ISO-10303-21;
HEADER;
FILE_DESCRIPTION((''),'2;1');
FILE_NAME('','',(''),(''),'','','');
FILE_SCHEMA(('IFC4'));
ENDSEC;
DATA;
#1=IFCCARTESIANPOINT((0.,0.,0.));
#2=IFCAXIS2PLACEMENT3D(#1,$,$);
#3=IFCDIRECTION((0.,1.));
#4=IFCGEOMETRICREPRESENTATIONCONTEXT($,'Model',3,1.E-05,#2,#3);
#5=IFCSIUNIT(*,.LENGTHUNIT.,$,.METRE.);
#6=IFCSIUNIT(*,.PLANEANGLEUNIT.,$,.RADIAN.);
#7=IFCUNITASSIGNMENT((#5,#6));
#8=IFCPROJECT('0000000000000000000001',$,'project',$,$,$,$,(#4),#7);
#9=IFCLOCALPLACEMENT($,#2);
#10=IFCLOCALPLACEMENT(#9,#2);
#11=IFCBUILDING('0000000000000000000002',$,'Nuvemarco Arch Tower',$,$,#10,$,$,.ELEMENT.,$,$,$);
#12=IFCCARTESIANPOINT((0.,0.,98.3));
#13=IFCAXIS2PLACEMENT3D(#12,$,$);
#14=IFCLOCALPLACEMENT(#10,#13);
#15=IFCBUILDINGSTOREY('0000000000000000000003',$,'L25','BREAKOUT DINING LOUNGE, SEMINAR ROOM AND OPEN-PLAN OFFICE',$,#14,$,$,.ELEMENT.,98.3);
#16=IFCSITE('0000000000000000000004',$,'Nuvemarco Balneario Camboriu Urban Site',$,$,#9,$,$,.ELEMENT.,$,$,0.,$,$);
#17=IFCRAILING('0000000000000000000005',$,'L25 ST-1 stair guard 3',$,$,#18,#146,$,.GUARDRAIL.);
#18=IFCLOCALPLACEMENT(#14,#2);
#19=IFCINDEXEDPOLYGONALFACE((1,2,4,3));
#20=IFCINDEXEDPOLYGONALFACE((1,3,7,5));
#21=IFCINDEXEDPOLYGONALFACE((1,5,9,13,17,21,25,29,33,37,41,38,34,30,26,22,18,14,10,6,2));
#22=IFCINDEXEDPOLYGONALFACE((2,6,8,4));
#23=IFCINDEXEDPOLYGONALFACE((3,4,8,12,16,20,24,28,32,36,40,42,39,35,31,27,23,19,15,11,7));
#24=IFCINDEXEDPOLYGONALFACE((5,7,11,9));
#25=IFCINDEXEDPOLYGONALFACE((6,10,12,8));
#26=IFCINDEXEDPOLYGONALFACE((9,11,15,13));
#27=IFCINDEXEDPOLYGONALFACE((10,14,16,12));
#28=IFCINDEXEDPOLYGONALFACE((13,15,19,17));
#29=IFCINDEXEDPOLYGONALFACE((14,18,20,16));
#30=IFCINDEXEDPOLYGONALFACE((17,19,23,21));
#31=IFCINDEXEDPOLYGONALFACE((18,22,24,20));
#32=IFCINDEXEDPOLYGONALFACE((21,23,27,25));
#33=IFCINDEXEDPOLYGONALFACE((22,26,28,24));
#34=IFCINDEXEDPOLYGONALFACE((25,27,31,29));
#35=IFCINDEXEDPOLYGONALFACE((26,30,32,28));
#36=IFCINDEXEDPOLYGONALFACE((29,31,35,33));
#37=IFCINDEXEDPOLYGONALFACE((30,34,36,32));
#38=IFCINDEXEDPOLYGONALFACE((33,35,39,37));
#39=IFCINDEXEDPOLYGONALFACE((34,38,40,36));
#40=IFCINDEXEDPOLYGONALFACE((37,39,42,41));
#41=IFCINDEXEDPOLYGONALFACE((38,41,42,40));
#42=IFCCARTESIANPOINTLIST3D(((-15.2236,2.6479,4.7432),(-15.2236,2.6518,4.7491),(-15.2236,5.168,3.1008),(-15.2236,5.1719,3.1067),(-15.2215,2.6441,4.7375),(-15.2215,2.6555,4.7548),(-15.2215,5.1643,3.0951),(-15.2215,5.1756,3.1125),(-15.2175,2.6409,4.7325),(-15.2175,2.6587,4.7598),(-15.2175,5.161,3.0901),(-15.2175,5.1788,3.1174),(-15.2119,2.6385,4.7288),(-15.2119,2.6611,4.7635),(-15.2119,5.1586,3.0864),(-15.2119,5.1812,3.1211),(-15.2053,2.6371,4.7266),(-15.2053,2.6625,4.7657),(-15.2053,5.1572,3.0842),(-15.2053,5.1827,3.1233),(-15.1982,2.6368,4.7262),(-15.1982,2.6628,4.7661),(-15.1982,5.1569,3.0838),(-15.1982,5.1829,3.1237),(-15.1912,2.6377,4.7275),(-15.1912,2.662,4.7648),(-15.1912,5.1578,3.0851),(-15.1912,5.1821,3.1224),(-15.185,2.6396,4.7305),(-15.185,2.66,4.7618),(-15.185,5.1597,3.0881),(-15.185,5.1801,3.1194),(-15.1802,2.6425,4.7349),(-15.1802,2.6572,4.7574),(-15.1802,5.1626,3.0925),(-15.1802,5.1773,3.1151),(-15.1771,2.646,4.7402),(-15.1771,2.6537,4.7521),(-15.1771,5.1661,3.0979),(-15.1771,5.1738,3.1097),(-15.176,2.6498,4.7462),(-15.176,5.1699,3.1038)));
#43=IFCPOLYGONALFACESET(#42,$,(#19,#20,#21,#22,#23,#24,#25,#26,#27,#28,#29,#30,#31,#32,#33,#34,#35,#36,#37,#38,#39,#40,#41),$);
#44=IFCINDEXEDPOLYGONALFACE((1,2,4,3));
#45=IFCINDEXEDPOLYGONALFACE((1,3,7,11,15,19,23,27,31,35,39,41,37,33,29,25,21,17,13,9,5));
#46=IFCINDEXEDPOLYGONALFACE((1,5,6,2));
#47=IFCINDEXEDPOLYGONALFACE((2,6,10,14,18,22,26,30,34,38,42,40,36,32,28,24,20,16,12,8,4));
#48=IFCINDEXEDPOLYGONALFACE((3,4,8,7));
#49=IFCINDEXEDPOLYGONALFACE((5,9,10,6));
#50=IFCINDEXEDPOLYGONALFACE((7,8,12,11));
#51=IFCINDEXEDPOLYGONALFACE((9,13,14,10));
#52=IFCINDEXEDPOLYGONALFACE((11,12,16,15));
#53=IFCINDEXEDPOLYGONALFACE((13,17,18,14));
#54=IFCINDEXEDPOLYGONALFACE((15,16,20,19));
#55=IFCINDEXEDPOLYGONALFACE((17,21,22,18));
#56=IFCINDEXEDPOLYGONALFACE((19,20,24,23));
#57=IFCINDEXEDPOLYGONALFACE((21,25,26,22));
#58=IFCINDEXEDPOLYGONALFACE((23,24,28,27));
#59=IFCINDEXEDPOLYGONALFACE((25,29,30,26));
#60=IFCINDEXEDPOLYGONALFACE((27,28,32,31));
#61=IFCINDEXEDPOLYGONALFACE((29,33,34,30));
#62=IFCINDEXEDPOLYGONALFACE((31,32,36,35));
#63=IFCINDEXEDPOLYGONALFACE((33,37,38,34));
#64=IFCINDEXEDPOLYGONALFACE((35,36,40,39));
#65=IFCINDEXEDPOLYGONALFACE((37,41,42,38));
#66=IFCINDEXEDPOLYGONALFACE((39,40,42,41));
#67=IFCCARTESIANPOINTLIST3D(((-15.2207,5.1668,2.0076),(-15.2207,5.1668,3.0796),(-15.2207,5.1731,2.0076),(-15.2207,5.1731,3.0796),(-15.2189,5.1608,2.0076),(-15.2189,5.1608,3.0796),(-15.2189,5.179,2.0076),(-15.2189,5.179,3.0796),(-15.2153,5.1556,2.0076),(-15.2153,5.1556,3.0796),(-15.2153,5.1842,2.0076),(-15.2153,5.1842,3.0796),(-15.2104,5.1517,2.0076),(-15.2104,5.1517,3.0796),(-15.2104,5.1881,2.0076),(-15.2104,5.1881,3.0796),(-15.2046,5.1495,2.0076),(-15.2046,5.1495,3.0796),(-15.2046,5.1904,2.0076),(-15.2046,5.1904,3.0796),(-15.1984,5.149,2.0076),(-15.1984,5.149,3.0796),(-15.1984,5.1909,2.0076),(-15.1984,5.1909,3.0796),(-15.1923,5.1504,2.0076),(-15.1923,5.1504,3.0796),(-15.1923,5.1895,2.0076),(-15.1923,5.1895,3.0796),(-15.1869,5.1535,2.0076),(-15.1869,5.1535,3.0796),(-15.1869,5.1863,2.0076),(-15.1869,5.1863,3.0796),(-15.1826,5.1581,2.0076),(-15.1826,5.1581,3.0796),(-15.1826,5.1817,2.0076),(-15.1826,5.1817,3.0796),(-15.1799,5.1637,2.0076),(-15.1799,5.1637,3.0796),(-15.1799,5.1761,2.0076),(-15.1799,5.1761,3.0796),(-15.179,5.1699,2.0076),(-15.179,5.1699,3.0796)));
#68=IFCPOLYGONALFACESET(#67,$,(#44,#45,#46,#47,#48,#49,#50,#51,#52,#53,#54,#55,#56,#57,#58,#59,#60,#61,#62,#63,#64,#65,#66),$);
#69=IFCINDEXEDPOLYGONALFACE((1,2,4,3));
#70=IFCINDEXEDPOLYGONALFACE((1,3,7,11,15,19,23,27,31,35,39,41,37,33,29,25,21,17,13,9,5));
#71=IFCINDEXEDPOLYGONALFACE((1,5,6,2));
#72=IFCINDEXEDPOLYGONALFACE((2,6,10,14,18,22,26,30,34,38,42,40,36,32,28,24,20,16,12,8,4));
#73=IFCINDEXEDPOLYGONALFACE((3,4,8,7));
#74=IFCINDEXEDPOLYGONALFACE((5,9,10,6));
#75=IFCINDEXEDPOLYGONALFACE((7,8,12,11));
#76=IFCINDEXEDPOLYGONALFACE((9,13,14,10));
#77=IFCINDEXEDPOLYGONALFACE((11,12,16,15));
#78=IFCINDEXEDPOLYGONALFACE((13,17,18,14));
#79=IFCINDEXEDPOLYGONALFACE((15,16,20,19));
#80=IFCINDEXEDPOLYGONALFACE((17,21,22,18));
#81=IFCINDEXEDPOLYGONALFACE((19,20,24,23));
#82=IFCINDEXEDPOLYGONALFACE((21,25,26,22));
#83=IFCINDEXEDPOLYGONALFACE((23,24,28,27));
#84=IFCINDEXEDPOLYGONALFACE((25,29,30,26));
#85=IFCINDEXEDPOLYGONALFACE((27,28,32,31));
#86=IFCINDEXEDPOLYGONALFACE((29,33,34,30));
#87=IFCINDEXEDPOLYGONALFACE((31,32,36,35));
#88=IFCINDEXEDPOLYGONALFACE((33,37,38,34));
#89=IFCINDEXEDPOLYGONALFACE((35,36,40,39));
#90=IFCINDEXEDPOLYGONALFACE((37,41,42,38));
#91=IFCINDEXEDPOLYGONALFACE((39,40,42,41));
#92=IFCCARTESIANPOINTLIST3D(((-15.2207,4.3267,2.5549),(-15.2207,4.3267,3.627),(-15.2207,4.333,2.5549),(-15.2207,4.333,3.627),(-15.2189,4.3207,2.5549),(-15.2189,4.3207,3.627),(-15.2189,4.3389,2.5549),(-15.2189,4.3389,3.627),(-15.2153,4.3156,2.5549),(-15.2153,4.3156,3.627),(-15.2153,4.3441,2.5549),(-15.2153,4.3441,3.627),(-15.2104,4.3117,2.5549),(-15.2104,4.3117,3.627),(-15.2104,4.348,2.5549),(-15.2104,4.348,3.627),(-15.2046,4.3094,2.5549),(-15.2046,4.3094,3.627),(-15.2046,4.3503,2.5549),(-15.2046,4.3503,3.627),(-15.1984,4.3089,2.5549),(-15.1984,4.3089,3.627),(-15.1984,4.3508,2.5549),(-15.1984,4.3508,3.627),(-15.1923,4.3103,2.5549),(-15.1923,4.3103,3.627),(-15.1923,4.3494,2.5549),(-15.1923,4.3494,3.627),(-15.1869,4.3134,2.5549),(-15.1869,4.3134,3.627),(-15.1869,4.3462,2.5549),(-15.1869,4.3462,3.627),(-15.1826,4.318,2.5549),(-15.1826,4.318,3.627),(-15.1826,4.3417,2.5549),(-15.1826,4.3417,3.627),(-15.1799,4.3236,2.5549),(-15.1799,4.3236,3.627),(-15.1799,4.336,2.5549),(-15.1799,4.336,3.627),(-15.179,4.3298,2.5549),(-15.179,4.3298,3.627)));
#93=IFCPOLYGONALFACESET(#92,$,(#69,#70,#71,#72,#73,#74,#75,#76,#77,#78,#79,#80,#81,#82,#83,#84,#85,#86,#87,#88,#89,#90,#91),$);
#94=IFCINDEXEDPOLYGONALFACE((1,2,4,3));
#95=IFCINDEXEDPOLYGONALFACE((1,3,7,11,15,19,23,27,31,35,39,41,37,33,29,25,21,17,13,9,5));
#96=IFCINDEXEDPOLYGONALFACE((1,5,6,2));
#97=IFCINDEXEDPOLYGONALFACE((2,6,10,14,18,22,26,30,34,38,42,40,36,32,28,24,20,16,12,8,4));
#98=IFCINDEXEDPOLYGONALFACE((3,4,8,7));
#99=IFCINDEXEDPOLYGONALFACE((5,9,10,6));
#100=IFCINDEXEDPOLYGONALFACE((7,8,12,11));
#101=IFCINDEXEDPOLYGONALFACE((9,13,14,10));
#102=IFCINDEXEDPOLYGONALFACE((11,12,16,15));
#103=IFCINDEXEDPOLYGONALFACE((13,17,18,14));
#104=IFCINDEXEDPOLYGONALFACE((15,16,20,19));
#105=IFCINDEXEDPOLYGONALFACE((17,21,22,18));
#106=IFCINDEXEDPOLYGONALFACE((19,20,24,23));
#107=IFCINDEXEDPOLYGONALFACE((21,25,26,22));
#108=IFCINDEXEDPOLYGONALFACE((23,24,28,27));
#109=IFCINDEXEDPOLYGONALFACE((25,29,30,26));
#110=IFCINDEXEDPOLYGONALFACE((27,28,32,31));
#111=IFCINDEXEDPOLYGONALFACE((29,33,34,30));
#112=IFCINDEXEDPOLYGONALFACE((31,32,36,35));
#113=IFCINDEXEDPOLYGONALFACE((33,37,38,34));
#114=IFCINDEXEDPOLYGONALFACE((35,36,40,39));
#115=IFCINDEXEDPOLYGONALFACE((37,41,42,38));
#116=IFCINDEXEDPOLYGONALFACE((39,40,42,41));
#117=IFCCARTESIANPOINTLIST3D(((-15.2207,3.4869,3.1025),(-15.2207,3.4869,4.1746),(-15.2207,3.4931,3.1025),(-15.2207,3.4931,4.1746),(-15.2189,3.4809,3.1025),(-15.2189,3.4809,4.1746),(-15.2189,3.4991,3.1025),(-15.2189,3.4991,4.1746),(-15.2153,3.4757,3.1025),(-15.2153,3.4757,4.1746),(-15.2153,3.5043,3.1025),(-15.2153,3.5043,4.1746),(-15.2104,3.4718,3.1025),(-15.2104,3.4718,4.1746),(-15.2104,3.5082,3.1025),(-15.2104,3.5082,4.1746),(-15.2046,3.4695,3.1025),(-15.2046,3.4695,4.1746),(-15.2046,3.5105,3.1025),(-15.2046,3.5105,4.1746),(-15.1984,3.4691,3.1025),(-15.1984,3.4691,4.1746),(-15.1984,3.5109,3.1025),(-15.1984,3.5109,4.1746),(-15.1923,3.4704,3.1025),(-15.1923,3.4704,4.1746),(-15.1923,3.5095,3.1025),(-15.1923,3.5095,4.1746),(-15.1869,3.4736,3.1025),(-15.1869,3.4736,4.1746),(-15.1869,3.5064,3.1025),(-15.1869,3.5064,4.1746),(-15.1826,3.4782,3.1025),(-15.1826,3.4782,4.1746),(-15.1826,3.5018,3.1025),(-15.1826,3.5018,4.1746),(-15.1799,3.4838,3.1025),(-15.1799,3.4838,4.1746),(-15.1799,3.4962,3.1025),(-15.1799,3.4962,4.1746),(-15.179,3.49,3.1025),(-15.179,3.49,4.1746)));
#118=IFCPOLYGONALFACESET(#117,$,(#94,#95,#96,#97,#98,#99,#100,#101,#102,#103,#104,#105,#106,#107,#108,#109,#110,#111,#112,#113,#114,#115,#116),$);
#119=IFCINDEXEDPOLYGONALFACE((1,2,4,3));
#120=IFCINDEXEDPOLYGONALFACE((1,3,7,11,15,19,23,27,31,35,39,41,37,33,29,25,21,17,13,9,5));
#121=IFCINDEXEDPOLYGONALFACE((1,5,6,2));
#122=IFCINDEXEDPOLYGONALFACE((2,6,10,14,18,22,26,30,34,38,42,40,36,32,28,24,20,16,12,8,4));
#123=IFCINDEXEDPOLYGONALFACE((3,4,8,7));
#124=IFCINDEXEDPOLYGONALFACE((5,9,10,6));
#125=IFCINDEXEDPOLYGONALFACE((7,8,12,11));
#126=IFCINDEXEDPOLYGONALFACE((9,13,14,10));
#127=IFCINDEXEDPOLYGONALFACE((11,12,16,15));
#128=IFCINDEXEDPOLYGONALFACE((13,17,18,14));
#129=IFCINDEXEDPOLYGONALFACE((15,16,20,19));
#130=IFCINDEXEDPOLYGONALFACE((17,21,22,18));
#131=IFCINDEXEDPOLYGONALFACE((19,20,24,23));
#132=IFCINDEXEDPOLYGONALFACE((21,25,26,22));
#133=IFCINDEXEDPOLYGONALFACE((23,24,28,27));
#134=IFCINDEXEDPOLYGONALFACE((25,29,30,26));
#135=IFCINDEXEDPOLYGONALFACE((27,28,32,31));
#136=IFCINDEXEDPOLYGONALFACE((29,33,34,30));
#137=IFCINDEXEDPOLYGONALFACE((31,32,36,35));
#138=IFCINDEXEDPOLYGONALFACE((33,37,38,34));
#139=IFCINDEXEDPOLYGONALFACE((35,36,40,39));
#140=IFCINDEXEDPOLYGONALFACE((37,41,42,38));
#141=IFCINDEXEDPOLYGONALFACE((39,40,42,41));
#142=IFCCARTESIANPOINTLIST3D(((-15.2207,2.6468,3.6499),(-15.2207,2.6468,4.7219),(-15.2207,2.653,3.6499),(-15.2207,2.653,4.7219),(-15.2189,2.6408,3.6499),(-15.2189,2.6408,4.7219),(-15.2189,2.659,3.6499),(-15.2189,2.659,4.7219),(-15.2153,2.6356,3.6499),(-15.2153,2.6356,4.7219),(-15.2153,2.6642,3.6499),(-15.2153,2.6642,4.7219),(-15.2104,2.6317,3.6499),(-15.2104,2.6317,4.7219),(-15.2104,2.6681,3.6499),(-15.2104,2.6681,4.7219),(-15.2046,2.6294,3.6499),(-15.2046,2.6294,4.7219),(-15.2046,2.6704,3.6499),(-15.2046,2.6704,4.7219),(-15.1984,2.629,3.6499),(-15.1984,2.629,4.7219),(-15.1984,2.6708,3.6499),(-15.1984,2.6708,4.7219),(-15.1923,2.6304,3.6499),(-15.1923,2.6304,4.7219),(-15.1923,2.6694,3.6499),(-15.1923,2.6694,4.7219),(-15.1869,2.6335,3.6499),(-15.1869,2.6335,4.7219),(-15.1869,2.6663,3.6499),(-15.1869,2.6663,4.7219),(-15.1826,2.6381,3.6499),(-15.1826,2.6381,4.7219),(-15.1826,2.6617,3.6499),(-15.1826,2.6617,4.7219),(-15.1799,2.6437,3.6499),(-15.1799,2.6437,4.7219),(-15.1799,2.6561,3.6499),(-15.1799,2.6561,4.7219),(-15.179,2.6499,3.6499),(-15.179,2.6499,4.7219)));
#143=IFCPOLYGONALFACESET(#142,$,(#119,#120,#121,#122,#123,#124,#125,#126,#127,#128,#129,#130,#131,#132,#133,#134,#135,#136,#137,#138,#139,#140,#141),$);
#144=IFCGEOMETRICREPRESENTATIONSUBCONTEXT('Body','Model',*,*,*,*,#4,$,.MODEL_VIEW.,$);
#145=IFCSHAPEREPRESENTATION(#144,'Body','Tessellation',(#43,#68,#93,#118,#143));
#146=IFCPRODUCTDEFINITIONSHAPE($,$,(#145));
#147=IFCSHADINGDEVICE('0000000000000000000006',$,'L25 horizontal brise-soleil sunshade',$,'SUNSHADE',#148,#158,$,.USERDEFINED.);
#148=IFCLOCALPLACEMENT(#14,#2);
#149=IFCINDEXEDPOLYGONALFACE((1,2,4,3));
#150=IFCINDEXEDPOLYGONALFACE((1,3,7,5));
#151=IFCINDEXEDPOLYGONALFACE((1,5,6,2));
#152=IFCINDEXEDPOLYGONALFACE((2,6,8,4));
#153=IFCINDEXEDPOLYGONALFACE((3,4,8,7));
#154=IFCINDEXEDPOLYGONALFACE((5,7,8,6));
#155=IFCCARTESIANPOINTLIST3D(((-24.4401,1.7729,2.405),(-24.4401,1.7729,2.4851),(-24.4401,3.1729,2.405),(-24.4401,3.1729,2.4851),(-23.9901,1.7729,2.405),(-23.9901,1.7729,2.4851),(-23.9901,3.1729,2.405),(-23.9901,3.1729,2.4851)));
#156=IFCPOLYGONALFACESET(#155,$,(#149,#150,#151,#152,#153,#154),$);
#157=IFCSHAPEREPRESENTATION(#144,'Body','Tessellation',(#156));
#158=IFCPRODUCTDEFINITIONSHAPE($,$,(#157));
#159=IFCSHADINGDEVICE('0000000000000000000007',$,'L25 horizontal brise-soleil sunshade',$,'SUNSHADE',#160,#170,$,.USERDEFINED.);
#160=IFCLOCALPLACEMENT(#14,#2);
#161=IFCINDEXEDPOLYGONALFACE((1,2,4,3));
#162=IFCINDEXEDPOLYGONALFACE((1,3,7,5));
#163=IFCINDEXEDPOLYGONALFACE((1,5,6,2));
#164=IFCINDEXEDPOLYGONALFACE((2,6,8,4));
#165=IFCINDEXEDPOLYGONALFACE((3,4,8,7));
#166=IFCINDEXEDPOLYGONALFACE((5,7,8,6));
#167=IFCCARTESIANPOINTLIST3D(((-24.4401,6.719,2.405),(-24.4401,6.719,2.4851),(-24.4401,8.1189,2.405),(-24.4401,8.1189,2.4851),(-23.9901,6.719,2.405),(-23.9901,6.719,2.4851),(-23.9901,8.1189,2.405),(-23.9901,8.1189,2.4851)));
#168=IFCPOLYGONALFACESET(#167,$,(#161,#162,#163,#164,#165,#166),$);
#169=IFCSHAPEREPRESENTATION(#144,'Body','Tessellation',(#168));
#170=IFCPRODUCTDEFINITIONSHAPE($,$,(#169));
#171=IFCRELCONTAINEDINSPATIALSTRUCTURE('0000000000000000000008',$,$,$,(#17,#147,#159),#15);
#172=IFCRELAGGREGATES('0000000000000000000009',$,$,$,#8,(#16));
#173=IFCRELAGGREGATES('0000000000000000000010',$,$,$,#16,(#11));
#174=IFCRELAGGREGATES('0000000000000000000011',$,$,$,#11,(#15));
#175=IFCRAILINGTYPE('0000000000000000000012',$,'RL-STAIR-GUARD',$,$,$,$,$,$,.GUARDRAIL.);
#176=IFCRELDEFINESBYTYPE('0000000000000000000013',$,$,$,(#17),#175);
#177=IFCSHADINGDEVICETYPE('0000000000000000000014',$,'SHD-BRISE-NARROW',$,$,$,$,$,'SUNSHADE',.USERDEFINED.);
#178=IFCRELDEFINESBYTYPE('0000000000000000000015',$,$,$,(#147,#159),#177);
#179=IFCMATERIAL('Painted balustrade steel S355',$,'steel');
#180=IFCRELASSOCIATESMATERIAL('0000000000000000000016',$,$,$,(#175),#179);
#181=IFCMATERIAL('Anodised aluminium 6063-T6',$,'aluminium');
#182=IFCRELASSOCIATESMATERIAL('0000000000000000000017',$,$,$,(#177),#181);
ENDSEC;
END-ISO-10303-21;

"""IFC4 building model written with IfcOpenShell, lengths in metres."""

from ifc_helpers import new_model, si_unit, direction, frame, origin, origin_2d, place, context, subcontext, project, spatial, rectangle, circle, extrude, source, transform, mapped, material, type_object, type_shapes, element, save


model = new_model("IFC4")

# Units and contexts
model_context = context("Model", 3, precision=1e-05, world=origin(), true_north=direction((0.0, 1.0)))
body_context = subcontext(model_context, "Body", "Model", "MODEL_VIEW")
ifc_project = project(units=[si_unit("LENGTHUNIT", "METRE"), si_unit("PLANEANGLEUNIT", "RADIAN")], contexts=[model_context])

# Site, building, storey
site_placement = place(None, origin())
site = spatial("IfcSite", under=ifc_project, at=site_placement, Name="Nuvemarco Balneario Camboriu Urban Site", CompositionType="ELEMENT", RefElevation=0.0)
building_placement = place(site_placement, origin())
building = spatial("IfcBuilding", under=site, at=building_placement, Name="Nuvemarco Arch Tower", CompositionType="ELEMENT")
storey_placement = place(building_placement, frame((0.0, 0.0, 98.3)))
storey = spatial("IfcBuildingStorey", under=building, at=storey_placement, Name="L25", Description="BREAKOUT DINING LOUNGE, SEMINAR ROOM AND OPEN-PLAN OFFICE", CompositionType="ELEMENT", Elevation=98.3)

# Railing
ifc_material_1 = material(Name="Painted balustrade steel S355", Category="steel")
railing_type_1 = type_object("IfcRailingType", Name="RL-STAIR-GUARD", PredefinedType="GUARDRAIL", material=ifc_material_1)
railing_1_placement = place(storey_placement, frame((-15.2, 5.1699, 2.0076)))
element("IfcRailing", 1, at=railing_1_placement, inside=storey, type_object=railing_type_1, Name="L25 ST-1 stair guard 3", PredefinedType="GUARDRAIL", context=body_context, shape_type="SweptSolid", body=[
    extrude(circle(Radius=0.0239, at=origin_2d()), frame((0.0, 0.0, 1.0962), z_axis=(0.0, -0.837787, 0.545998), x_axis=(1.0, 0.0, 0.0)), (0.0, 0.0, 1.0), 3.0081),
    extrude(circle(Radius=0.021, at=origin_2d()), origin(), (0.0, 0.0, 1.0), 1.072),
    extrude(circle(Radius=0.021, at=origin_2d()), frame((0.0, -0.8401, 0.5474)), (0.0, 0.0, 1.0), 1.072),
    extrude(circle(Radius=0.021, at=origin_2d()), frame((0.0, -1.6799, 1.095)), (0.0, 0.0, 1.0), 1.072),
    extrude(circle(Radius=0.021, at=origin_2d()), frame((0.0, -2.52, 1.6423)), (0.0, 0.0, 1.0), 1.072),
])

# Shading devices
ifc_material_2 = material(Name="Anodised aluminium 6063-T6", Category="aluminium")
shading_device_type = type_object("IfcShadingDeviceType", Name="SHD-BRISE-NARROW", ElementType="SUNSHADE", PredefinedType="USERDEFINED", material=ifc_material_2)
shared_shape = source(origin(), body_context, "Body", "SweptSolid", [
    extrude(rectangle(XDim=1.3999, YDim=0.45, at=origin_2d()), origin(), (0.0, 0.0, 1.0), 0.0801),
])
type_shapes(shading_device_type, [shared_shape])
for number, where, z_axis, x_axis, name in (
    (2, (-24.2151, 2.4729, 2.405), (0.0, 0.0, 1.0), (0.0, 1.0, 0.0), "L25 horizontal brise-soleil sunshade"),
    (3, (-24.2151, 7.4189, 2.405), (0.0, 0.0, 1.0), (0.0, 1.0, 0.0), "L25 horizontal brise-soleil sunshade"),
):
    element("IfcShadingDevice", number, at=place(storey_placement, frame(where, z_axis=z_axis, x_axis=x_axis)), inside=storey, type_object=shading_device_type, Name=name, ObjectType="SUNSHADE", PredefinedType="USERDEFINED", context=body_context, shape_type="MappedRepresentation", body=[
        mapped(shared_shape, transform((0.0, 0.0, 0.0), scale=1.0)),
    ])

save(model, "model.ifc")
